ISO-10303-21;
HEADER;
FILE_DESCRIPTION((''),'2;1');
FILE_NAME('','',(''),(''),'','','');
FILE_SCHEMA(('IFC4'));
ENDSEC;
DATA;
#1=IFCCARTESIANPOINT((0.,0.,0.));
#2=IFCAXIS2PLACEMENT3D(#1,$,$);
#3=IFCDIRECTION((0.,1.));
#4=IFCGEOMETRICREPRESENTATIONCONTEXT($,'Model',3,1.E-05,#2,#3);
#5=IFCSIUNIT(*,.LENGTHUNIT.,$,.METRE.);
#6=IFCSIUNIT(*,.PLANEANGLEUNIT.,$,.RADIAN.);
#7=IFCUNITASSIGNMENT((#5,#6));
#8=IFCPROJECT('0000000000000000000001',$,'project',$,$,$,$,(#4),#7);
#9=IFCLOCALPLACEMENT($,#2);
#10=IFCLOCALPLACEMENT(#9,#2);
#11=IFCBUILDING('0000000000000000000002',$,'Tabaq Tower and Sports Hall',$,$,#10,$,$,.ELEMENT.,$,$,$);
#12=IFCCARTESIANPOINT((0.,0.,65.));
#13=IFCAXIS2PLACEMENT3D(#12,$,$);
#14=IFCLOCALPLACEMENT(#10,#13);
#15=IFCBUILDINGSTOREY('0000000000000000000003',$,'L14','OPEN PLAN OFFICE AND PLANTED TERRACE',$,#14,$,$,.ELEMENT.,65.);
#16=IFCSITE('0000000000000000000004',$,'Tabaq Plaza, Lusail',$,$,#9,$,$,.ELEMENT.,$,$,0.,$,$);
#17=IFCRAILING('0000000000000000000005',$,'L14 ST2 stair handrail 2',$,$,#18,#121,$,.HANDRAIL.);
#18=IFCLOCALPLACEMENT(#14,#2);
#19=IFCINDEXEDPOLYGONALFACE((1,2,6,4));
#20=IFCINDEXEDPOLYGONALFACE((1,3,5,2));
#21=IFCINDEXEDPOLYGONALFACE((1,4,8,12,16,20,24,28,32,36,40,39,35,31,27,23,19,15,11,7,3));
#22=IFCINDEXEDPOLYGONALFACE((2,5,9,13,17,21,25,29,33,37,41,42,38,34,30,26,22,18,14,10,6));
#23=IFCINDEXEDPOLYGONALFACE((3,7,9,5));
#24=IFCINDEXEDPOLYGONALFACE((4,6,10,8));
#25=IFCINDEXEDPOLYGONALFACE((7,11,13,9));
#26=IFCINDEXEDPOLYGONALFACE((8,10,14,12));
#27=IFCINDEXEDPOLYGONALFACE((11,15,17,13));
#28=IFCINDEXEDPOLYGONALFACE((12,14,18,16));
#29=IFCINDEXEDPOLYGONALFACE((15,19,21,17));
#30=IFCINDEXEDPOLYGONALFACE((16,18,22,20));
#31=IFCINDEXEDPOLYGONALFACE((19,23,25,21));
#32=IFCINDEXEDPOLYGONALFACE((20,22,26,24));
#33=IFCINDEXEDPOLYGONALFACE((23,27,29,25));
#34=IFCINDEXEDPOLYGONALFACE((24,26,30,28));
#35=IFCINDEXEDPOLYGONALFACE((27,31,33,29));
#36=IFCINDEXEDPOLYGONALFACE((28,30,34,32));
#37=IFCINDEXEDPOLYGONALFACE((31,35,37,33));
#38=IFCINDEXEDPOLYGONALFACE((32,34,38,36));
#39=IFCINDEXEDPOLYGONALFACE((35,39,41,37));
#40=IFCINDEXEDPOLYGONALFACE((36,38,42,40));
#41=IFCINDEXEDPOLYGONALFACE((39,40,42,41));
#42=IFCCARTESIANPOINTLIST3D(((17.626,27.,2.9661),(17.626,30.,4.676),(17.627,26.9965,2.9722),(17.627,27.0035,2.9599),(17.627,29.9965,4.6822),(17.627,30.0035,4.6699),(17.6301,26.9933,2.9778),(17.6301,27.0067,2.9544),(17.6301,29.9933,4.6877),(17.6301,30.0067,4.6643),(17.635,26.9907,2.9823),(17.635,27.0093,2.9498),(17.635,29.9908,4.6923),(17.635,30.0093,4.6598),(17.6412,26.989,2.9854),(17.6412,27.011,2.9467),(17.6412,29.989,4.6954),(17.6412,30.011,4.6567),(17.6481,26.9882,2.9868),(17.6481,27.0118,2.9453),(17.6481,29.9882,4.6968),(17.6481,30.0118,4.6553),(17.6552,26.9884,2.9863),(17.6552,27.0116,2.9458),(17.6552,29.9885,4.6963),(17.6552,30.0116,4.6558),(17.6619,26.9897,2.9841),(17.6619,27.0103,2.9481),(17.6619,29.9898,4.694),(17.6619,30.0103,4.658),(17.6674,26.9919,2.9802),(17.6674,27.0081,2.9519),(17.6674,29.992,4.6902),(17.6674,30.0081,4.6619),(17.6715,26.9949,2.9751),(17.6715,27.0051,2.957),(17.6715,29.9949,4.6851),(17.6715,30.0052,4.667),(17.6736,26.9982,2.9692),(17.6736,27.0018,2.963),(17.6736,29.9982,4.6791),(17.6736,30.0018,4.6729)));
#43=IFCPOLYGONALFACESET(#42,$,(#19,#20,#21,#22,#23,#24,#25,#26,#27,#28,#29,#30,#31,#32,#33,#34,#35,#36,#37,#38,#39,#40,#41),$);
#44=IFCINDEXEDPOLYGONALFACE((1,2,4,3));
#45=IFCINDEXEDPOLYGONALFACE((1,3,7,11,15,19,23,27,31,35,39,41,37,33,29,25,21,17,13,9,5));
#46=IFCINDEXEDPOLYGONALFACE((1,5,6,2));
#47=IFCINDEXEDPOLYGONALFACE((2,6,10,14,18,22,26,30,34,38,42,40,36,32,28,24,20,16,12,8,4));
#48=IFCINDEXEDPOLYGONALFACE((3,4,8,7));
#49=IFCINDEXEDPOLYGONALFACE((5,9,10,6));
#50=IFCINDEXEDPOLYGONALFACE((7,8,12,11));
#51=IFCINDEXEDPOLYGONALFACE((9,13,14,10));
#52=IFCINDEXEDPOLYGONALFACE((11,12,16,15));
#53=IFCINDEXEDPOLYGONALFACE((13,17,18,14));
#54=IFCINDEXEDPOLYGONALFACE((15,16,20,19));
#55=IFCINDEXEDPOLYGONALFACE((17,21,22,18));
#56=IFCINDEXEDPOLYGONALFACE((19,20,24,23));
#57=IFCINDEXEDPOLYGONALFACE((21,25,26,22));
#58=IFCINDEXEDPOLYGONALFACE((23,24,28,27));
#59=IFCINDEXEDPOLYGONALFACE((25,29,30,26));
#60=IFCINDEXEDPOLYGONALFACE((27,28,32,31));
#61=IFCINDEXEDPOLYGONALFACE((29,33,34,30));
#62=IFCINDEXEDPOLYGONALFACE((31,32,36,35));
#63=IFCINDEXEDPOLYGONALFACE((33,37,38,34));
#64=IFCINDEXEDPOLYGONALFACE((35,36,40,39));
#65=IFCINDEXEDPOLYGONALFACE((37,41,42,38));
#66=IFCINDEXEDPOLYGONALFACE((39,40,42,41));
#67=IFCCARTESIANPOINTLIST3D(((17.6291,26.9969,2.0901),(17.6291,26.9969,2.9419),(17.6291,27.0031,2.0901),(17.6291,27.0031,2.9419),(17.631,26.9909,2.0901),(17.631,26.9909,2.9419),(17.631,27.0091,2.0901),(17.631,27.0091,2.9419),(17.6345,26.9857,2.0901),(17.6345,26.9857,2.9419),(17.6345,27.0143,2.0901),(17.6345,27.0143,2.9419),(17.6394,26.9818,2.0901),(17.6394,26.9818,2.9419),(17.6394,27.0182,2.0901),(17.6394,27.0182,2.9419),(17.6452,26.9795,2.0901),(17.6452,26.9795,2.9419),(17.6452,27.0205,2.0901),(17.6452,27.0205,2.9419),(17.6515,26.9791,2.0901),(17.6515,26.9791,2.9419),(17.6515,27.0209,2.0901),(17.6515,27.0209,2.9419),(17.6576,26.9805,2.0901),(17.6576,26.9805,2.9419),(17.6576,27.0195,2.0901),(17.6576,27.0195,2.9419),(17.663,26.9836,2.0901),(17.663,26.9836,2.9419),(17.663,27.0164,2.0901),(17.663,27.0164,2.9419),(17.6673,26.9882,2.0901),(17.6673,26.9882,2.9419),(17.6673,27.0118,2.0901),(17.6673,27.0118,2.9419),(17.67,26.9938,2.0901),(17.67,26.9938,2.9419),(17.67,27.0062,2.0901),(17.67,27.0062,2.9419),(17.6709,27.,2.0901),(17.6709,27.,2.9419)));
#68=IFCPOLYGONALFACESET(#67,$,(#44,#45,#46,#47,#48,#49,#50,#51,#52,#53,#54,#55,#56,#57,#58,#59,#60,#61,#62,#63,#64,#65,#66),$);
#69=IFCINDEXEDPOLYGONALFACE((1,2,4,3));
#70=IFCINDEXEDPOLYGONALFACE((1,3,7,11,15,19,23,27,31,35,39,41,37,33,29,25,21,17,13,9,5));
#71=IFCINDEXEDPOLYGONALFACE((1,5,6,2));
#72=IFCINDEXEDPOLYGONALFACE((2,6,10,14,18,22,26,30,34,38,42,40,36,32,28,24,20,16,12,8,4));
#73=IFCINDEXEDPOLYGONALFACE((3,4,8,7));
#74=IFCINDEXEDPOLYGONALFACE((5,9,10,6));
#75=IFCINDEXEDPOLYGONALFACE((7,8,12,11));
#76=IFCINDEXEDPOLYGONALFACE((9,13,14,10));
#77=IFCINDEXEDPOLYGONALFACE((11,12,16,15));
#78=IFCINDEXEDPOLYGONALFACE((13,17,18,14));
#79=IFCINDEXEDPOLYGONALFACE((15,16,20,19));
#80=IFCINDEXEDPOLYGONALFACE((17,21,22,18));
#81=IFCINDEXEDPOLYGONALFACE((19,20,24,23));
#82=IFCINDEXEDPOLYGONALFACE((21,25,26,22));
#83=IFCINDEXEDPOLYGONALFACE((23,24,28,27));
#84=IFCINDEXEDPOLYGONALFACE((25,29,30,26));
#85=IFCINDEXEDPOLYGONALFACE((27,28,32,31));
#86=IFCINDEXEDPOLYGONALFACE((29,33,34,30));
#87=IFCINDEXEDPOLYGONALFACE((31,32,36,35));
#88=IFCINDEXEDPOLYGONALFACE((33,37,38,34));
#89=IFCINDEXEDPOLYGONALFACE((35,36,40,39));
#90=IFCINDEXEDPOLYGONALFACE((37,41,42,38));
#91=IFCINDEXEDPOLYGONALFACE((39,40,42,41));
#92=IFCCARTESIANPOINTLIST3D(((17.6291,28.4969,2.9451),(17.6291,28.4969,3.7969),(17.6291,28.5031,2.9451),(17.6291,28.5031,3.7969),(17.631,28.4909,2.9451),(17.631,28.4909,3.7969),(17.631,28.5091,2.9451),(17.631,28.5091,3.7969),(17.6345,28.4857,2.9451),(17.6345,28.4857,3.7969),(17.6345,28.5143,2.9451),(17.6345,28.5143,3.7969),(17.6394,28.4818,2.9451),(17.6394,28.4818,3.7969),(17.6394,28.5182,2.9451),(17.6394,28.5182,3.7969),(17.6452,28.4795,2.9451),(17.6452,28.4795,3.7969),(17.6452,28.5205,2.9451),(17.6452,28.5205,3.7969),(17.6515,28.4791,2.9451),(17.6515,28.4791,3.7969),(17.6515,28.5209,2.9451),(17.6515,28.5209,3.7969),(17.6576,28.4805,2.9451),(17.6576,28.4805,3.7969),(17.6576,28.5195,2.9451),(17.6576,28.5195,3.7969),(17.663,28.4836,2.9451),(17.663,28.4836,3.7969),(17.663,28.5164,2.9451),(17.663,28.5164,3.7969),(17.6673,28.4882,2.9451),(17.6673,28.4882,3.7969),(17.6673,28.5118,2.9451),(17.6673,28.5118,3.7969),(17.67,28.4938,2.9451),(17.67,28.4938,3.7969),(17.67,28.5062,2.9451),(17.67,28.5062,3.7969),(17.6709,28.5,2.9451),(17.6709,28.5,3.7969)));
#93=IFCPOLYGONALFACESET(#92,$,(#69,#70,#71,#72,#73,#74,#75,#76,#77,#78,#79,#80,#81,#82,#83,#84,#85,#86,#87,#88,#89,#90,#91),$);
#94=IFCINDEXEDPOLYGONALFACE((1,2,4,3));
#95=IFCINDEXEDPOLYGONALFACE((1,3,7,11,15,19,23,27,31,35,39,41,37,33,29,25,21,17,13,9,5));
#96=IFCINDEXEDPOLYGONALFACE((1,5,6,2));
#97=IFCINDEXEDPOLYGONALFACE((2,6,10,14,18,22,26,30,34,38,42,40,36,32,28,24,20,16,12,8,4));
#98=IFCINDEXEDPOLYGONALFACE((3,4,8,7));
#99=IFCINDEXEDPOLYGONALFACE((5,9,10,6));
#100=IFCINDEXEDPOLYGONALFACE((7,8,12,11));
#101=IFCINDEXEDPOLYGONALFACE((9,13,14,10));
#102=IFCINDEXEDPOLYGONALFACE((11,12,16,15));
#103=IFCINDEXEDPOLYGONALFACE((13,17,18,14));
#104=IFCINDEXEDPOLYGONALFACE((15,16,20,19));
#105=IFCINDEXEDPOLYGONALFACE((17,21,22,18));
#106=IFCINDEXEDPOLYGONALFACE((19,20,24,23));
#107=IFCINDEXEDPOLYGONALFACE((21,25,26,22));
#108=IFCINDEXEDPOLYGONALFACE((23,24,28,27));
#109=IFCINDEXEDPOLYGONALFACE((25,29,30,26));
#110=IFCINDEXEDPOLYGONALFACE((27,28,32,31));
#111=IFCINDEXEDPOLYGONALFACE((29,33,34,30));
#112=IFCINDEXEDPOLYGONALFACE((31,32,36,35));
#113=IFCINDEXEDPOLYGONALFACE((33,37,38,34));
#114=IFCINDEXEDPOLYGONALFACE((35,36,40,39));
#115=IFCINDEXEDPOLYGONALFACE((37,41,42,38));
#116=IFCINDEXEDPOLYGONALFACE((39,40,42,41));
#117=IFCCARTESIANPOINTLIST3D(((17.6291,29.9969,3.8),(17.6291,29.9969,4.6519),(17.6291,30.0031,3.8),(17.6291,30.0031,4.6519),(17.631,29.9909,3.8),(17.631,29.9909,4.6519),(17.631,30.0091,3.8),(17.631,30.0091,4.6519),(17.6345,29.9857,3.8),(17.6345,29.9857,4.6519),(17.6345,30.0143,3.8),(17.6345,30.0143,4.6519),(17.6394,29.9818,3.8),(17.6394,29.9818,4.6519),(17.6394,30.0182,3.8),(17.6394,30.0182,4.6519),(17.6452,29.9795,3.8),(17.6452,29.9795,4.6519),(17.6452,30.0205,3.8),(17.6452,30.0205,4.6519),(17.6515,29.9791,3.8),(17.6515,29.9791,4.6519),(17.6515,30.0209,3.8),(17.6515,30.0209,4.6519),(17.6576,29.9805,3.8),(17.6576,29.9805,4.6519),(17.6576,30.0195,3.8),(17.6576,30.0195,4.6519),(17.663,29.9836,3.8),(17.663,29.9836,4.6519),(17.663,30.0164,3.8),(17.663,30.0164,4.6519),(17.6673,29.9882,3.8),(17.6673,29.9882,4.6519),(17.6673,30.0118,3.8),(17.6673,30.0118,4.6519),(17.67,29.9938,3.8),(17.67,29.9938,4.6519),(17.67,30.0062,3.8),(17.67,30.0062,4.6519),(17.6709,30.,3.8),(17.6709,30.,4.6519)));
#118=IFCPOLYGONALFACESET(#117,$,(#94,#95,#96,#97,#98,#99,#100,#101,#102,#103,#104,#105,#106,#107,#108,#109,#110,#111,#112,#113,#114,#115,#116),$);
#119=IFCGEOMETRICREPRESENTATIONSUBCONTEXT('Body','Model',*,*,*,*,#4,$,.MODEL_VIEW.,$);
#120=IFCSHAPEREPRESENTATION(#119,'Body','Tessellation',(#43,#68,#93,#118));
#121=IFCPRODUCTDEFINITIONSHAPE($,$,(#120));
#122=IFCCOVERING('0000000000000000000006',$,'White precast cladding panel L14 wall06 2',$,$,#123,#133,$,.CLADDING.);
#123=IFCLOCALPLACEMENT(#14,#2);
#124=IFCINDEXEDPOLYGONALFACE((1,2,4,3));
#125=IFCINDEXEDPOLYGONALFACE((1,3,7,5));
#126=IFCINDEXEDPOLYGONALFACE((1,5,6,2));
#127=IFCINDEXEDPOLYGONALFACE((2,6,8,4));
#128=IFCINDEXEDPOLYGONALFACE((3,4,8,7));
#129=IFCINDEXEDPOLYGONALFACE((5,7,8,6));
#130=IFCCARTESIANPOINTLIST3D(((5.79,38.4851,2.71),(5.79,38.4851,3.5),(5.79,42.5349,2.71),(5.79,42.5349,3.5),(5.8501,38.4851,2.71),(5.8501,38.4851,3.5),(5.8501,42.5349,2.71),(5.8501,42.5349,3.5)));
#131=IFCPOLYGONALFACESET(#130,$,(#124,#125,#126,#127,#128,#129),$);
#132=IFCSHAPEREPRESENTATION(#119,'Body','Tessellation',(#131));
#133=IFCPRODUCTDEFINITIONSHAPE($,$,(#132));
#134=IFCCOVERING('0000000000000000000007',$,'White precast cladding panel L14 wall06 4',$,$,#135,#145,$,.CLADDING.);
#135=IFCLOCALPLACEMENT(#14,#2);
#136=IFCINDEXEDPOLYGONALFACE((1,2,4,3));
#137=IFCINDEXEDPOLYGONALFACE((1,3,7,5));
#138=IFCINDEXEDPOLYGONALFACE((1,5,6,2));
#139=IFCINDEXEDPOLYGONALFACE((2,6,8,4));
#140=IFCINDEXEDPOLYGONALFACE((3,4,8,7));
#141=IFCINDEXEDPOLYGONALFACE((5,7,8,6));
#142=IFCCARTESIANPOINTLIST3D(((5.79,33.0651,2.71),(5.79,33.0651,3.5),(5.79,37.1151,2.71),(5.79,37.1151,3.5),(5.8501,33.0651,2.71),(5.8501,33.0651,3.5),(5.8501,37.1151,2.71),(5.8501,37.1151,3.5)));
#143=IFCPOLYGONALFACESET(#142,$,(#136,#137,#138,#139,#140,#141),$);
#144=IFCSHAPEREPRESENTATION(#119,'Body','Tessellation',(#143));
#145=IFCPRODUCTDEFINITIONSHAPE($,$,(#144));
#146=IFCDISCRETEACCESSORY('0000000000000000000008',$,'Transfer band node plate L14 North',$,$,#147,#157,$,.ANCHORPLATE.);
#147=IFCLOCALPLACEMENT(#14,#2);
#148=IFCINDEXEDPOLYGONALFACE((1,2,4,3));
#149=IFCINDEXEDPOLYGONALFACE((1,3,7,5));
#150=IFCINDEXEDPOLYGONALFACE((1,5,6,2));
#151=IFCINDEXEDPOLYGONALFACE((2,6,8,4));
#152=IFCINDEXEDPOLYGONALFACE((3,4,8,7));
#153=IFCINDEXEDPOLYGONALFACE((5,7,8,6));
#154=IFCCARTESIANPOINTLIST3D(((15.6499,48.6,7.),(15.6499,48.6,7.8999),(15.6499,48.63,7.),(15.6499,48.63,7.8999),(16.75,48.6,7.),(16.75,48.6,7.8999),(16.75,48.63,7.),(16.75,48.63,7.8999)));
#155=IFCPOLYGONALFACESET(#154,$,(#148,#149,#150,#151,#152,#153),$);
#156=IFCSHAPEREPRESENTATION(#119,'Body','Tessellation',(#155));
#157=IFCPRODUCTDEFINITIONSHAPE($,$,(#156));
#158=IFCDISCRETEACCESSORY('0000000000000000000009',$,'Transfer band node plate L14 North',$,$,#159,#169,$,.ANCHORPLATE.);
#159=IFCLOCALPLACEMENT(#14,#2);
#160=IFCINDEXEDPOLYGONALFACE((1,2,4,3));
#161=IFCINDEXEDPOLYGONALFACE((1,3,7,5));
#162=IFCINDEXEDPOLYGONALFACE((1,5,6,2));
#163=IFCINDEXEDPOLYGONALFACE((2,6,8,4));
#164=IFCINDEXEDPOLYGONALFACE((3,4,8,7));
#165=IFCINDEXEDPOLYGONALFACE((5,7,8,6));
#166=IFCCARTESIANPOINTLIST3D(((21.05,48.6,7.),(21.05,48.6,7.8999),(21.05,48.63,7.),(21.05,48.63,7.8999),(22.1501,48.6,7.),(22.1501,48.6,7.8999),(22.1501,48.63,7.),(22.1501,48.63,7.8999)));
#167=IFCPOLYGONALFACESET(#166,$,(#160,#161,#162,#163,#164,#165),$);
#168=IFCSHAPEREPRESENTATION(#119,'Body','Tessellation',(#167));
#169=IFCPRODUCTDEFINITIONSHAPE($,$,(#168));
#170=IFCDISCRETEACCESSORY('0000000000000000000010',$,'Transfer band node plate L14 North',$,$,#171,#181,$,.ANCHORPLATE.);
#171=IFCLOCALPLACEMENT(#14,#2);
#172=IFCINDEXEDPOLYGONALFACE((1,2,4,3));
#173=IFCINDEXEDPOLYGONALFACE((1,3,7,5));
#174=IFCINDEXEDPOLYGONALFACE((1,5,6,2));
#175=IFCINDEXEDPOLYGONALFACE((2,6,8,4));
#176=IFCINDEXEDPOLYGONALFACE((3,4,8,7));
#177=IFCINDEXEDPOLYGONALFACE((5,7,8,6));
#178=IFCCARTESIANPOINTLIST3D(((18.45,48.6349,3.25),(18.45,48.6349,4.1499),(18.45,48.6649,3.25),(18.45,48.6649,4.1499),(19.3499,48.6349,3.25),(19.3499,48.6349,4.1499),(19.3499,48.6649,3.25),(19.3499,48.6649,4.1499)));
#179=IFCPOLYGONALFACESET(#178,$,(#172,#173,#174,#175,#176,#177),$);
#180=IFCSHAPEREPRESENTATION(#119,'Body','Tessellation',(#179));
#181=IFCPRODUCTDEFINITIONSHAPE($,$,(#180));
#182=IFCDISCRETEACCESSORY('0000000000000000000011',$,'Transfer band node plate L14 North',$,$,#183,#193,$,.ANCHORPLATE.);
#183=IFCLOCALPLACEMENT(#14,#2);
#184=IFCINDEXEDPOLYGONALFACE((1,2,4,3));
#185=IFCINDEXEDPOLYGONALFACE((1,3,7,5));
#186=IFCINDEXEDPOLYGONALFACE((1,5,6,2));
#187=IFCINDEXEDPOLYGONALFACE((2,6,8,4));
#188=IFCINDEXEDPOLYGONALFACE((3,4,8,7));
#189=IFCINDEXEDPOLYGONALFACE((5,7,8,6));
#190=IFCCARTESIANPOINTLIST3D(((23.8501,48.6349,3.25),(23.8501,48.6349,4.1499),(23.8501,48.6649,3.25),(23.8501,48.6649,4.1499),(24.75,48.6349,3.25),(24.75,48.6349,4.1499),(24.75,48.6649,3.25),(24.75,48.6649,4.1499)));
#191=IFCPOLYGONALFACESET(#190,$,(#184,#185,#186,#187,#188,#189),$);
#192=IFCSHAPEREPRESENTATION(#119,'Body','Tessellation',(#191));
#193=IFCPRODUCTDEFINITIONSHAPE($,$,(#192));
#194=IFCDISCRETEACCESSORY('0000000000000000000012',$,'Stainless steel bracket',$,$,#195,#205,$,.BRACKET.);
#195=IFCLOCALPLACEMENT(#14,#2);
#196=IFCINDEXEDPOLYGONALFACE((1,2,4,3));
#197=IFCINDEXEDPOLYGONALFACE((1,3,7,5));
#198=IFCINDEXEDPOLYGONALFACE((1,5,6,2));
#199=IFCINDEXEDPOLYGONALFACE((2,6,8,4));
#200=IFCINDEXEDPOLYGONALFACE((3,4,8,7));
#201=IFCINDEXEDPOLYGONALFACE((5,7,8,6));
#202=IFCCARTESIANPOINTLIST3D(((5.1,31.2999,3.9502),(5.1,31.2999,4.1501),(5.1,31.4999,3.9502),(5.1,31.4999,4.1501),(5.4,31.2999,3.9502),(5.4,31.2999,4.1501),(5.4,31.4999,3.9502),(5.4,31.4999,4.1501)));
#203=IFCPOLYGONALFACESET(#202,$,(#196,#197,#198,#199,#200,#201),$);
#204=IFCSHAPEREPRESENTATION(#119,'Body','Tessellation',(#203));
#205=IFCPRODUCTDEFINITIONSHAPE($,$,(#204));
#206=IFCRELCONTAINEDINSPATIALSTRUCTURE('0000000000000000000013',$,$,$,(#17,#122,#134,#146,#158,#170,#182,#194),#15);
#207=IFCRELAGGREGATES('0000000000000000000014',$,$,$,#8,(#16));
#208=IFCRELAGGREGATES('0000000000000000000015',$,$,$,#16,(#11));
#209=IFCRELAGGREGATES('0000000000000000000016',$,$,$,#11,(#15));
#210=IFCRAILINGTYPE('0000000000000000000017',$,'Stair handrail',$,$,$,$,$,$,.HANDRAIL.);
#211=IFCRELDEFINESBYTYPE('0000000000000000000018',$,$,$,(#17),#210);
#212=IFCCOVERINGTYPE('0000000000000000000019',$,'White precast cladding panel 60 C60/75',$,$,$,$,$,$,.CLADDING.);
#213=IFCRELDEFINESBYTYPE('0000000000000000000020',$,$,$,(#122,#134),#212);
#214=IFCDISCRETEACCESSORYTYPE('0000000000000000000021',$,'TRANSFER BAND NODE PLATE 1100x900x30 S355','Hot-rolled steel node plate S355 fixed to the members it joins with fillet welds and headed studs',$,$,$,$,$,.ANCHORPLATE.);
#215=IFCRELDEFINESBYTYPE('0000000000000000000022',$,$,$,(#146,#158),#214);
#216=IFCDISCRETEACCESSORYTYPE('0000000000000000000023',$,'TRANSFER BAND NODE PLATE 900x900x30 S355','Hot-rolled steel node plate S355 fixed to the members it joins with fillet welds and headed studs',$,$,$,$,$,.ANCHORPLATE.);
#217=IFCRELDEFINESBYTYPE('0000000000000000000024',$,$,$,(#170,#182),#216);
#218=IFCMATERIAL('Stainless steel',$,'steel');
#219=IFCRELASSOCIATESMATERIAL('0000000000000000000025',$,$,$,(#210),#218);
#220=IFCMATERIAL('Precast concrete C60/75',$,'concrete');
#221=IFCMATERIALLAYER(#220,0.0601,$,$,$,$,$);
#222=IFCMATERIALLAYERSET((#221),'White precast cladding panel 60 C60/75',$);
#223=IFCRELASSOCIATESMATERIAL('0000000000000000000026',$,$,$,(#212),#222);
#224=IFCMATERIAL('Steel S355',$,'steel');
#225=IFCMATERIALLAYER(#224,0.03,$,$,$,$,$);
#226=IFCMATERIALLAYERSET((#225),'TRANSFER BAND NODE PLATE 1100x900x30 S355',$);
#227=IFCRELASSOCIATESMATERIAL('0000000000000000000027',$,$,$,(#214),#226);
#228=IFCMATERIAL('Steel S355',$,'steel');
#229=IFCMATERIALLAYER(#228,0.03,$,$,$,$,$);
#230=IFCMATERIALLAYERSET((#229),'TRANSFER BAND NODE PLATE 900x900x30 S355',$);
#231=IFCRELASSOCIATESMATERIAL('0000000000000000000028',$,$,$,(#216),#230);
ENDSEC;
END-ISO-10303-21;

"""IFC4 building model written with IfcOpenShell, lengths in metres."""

from ifc_helpers import new_model, si_unit, direction, frame, frame_2d, origin, origin_2d, place, context, subcontext, project, spatial, rectangle, circle, extrude, material, layer, layer_set, type_object, element, save


model = new_model("IFC4")

# Units and contexts
model_context = context("Model", 3, precision=1e-05, world=origin(), true_north=direction((0.0, 1.0)))
body_context = subcontext(model_context, "Body", "Model", "MODEL_VIEW")
ifc_project = project(units=[si_unit("LENGTHUNIT", "METRE"), si_unit("PLANEANGLEUNIT", "RADIAN")], contexts=[model_context])

# Site, building, storey
site_placement = place(None, origin())
site = spatial("IfcSite", under=ifc_project, at=site_placement, Name="Tabaq Plaza, Lusail", CompositionType="ELEMENT", RefElevation=0.0)
building_placement = place(site_placement, origin())
building = spatial("IfcBuilding", under=site, at=building_placement, Name="Tabaq Tower and Sports Hall", CompositionType="ELEMENT")
storey_placement = place(building_placement, frame((0.0, 0.0, 65.0)))
storey = spatial("IfcBuildingStorey", under=building, at=storey_placement, Name="L14", Description="OPEN PLAN OFFICE AND PLANTED TERRACE", CompositionType="ELEMENT", Elevation=65.0)

# Railing
ifc_material_1 = material(Name="Stainless steel", Category="steel")
railing_type = type_object("IfcRailingType", Name="Stair handrail", PredefinedType="HANDRAIL", material=ifc_material_1)
railing_placement = place(storey_placement, frame((17.6499, 27.0, 2.0901)))
element("IfcRailing", 1, at=railing_placement, inside=storey, type_object=railing_type, Name="L14 ST2 stair handrail 2", PredefinedType="HANDRAIL", context=body_context, shape_type="SweptSolid", body=[
    extrude(circle(Radius=0.0239, at=origin_2d()), frame((0.0, 0.0, 0.876), z_axis=(0.0, 0.868782, 0.495195), x_axis=(-1.0, 0.0, 0.0)), (0.0, 0.0, 1.0), 3.4531),
    extrude(circle(Radius=0.021, at=origin_2d()), origin(), (0.0, 0.0, 1.0), 0.8518),
    extrude(circle(Radius=0.021, at=origin_2d()), frame((0.0, 1.5, 0.855)), (0.0, 0.0, 1.0), 0.8518),
    extrude(circle(Radius=0.021, at=origin_2d()), frame((0.0, 3.0, 1.71)), (0.0, 0.0, 1.0), 0.8518),
])

# Coverings
ifc_material_2 = material(Name="Precast concrete C60/75", Category="concrete")
ifc_layer_1 = layer(ifc_material_2, 0.0601)
ifc_layer_set_1 = layer_set([ifc_layer_1], Name="White precast cladding panel 60 C60/75")
covering_type = type_object("IfcCoveringType", Name="White precast cladding panel 60 C60/75", PredefinedType="CLADDING", material=ifc_layer_set_1)
covering_1_placement = place(storey_placement, frame((5.8201, 42.5349, 2.71), z_axis=(0.0, 0.0, 1.0), x_axis=(0.0, -1.0, 0.0)))
element("IfcCovering", 2, at=covering_1_placement, inside=storey, type_object=covering_type, Name="White precast cladding panel L14 wall06 2", PredefinedType="CLADDING", context=body_context, shape_type="SweptSolid", body=[
    extrude(rectangle(XDim=4.0498, YDim=0.0601, at=frame_2d((2.0249, 0.0))), origin(), (0.0, 0.0, 1.0), 0.79),
])
covering_2_placement = place(storey_placement, frame((5.8201, 37.115, 2.71), z_axis=(0.0, 0.0, 1.0), x_axis=(0.0, -1.0, 0.0)))
element("IfcCovering", 3, at=covering_2_placement, inside=storey, type_object=covering_type, Name="White precast cladding panel L14 wall06 4", PredefinedType="CLADDING", context=body_context, shape_type="SweptSolid", body=[
    extrude(rectangle(XDim=4.05, YDim=0.0601, at=frame_2d((2.0249, 0.0))), origin(), (0.0, 0.0, 1.0), 0.79),
])

# Discrete accessories
ifc_material_3 = material(Name="Steel S355", Category="steel")
ifc_layer_2 = layer(ifc_material_3, 0.03)
ifc_layer_set_2 = layer_set([ifc_layer_2], Name="TRANSFER BAND NODE PLATE 1100x900x30 S355")
discrete_accessory_type_1 = type_object("IfcDiscreteAccessoryType", Name="TRANSFER BAND NODE PLATE 1100x900x30 S355", Description="Hot-rolled steel node plate S355 fixed to the members it joins with fillet welds and headed studs", PredefinedType="ANCHORPLATE", material=ifc_layer_set_2)
for number, where, z_axis, x_axis, name in (
    (4, (16.2, 48.615, 7.0), (0.0, 0.0, 1.0), (-1.0, 0.0, 0.0), "Transfer band node plate L14 North"),
    (5, (21.6001, 48.615, 7.0), (0.0, 0.0, 1.0), (-1.0, 0.0, 0.0), "Transfer band node plate L14 North"),
):
    element("IfcDiscreteAccessory", number, at=place(storey_placement, frame(where, z_axis=z_axis, x_axis=x_axis)), inside=storey, type_object=discrete_accessory_type_1, Name=name, PredefinedType="ANCHORPLATE", context=body_context, shape_type="SweptSolid", body=[
        extrude(rectangle(XDim=1.1001, YDim=0.03, at=origin_2d()), origin(), (0.0, 0.0, 1.0), 0.8999),
    ])
ifc_material_4 = material(Name="Steel S355", Category="steel")
ifc_layer_3 = layer(ifc_material_4, 0.03)
ifc_layer_set_3 = layer_set([ifc_layer_3], Name="TRANSFER BAND NODE PLATE 900x900x30 S355")
discrete_accessory_type_2 = type_object("IfcDiscreteAccessoryType", Name="TRANSFER BAND NODE PLATE 900x900x30 S355", Description="Hot-rolled steel node plate S355 fixed to the members it joins with fillet welds and headed studs", PredefinedType="ANCHORPLATE", material=ifc_layer_set_3)
for number, where, z_axis, x_axis, name in (
    (6, (18.8999, 48.6499, 3.25), (0.0, 0.0, 1.0), (-1.0, 0.0, 0.0), "Transfer band node plate L14 North"),
    (7, (24.3, 48.6499, 3.25), (0.0, 0.0, 1.0), (-1.0, 0.0, 0.0), "Transfer band node plate L14 North"),
):
    element("IfcDiscreteAccessory", number, at=place(storey_placement, frame(where, z_axis=z_axis, x_axis=x_axis)), inside=storey, type_object=discrete_accessory_type_2, Name=name, PredefinedType="ANCHORPLATE", context=body_context, shape_type="SweptSolid", body=[
        extrude(rectangle(XDim=0.8999, YDim=0.03, at=origin_2d()), origin(), (0.0, 0.0, 1.0), 0.8999),
    ])
for number, where, z_axis, x_axis, name in (
    (8, (5.25, 31.3999, 3.9502), (0.0, 0.0, 1.0), (0.0, 1.0, 0.0), "Stainless steel bracket"),
):
    element("IfcDiscreteAccessory", number, at=place(storey_placement, frame(where, z_axis=z_axis, x_axis=x_axis)), inside=storey, Name=name, PredefinedType="BRACKET", context=body_context, shape_type="SweptSolid", body=[
        extrude(rectangle(XDim=0.2, YDim=0.3, at=origin_2d()), origin(), (0.0, 0.0, 1.0), 0.2),
    ])

save(model, "model.ifc")
